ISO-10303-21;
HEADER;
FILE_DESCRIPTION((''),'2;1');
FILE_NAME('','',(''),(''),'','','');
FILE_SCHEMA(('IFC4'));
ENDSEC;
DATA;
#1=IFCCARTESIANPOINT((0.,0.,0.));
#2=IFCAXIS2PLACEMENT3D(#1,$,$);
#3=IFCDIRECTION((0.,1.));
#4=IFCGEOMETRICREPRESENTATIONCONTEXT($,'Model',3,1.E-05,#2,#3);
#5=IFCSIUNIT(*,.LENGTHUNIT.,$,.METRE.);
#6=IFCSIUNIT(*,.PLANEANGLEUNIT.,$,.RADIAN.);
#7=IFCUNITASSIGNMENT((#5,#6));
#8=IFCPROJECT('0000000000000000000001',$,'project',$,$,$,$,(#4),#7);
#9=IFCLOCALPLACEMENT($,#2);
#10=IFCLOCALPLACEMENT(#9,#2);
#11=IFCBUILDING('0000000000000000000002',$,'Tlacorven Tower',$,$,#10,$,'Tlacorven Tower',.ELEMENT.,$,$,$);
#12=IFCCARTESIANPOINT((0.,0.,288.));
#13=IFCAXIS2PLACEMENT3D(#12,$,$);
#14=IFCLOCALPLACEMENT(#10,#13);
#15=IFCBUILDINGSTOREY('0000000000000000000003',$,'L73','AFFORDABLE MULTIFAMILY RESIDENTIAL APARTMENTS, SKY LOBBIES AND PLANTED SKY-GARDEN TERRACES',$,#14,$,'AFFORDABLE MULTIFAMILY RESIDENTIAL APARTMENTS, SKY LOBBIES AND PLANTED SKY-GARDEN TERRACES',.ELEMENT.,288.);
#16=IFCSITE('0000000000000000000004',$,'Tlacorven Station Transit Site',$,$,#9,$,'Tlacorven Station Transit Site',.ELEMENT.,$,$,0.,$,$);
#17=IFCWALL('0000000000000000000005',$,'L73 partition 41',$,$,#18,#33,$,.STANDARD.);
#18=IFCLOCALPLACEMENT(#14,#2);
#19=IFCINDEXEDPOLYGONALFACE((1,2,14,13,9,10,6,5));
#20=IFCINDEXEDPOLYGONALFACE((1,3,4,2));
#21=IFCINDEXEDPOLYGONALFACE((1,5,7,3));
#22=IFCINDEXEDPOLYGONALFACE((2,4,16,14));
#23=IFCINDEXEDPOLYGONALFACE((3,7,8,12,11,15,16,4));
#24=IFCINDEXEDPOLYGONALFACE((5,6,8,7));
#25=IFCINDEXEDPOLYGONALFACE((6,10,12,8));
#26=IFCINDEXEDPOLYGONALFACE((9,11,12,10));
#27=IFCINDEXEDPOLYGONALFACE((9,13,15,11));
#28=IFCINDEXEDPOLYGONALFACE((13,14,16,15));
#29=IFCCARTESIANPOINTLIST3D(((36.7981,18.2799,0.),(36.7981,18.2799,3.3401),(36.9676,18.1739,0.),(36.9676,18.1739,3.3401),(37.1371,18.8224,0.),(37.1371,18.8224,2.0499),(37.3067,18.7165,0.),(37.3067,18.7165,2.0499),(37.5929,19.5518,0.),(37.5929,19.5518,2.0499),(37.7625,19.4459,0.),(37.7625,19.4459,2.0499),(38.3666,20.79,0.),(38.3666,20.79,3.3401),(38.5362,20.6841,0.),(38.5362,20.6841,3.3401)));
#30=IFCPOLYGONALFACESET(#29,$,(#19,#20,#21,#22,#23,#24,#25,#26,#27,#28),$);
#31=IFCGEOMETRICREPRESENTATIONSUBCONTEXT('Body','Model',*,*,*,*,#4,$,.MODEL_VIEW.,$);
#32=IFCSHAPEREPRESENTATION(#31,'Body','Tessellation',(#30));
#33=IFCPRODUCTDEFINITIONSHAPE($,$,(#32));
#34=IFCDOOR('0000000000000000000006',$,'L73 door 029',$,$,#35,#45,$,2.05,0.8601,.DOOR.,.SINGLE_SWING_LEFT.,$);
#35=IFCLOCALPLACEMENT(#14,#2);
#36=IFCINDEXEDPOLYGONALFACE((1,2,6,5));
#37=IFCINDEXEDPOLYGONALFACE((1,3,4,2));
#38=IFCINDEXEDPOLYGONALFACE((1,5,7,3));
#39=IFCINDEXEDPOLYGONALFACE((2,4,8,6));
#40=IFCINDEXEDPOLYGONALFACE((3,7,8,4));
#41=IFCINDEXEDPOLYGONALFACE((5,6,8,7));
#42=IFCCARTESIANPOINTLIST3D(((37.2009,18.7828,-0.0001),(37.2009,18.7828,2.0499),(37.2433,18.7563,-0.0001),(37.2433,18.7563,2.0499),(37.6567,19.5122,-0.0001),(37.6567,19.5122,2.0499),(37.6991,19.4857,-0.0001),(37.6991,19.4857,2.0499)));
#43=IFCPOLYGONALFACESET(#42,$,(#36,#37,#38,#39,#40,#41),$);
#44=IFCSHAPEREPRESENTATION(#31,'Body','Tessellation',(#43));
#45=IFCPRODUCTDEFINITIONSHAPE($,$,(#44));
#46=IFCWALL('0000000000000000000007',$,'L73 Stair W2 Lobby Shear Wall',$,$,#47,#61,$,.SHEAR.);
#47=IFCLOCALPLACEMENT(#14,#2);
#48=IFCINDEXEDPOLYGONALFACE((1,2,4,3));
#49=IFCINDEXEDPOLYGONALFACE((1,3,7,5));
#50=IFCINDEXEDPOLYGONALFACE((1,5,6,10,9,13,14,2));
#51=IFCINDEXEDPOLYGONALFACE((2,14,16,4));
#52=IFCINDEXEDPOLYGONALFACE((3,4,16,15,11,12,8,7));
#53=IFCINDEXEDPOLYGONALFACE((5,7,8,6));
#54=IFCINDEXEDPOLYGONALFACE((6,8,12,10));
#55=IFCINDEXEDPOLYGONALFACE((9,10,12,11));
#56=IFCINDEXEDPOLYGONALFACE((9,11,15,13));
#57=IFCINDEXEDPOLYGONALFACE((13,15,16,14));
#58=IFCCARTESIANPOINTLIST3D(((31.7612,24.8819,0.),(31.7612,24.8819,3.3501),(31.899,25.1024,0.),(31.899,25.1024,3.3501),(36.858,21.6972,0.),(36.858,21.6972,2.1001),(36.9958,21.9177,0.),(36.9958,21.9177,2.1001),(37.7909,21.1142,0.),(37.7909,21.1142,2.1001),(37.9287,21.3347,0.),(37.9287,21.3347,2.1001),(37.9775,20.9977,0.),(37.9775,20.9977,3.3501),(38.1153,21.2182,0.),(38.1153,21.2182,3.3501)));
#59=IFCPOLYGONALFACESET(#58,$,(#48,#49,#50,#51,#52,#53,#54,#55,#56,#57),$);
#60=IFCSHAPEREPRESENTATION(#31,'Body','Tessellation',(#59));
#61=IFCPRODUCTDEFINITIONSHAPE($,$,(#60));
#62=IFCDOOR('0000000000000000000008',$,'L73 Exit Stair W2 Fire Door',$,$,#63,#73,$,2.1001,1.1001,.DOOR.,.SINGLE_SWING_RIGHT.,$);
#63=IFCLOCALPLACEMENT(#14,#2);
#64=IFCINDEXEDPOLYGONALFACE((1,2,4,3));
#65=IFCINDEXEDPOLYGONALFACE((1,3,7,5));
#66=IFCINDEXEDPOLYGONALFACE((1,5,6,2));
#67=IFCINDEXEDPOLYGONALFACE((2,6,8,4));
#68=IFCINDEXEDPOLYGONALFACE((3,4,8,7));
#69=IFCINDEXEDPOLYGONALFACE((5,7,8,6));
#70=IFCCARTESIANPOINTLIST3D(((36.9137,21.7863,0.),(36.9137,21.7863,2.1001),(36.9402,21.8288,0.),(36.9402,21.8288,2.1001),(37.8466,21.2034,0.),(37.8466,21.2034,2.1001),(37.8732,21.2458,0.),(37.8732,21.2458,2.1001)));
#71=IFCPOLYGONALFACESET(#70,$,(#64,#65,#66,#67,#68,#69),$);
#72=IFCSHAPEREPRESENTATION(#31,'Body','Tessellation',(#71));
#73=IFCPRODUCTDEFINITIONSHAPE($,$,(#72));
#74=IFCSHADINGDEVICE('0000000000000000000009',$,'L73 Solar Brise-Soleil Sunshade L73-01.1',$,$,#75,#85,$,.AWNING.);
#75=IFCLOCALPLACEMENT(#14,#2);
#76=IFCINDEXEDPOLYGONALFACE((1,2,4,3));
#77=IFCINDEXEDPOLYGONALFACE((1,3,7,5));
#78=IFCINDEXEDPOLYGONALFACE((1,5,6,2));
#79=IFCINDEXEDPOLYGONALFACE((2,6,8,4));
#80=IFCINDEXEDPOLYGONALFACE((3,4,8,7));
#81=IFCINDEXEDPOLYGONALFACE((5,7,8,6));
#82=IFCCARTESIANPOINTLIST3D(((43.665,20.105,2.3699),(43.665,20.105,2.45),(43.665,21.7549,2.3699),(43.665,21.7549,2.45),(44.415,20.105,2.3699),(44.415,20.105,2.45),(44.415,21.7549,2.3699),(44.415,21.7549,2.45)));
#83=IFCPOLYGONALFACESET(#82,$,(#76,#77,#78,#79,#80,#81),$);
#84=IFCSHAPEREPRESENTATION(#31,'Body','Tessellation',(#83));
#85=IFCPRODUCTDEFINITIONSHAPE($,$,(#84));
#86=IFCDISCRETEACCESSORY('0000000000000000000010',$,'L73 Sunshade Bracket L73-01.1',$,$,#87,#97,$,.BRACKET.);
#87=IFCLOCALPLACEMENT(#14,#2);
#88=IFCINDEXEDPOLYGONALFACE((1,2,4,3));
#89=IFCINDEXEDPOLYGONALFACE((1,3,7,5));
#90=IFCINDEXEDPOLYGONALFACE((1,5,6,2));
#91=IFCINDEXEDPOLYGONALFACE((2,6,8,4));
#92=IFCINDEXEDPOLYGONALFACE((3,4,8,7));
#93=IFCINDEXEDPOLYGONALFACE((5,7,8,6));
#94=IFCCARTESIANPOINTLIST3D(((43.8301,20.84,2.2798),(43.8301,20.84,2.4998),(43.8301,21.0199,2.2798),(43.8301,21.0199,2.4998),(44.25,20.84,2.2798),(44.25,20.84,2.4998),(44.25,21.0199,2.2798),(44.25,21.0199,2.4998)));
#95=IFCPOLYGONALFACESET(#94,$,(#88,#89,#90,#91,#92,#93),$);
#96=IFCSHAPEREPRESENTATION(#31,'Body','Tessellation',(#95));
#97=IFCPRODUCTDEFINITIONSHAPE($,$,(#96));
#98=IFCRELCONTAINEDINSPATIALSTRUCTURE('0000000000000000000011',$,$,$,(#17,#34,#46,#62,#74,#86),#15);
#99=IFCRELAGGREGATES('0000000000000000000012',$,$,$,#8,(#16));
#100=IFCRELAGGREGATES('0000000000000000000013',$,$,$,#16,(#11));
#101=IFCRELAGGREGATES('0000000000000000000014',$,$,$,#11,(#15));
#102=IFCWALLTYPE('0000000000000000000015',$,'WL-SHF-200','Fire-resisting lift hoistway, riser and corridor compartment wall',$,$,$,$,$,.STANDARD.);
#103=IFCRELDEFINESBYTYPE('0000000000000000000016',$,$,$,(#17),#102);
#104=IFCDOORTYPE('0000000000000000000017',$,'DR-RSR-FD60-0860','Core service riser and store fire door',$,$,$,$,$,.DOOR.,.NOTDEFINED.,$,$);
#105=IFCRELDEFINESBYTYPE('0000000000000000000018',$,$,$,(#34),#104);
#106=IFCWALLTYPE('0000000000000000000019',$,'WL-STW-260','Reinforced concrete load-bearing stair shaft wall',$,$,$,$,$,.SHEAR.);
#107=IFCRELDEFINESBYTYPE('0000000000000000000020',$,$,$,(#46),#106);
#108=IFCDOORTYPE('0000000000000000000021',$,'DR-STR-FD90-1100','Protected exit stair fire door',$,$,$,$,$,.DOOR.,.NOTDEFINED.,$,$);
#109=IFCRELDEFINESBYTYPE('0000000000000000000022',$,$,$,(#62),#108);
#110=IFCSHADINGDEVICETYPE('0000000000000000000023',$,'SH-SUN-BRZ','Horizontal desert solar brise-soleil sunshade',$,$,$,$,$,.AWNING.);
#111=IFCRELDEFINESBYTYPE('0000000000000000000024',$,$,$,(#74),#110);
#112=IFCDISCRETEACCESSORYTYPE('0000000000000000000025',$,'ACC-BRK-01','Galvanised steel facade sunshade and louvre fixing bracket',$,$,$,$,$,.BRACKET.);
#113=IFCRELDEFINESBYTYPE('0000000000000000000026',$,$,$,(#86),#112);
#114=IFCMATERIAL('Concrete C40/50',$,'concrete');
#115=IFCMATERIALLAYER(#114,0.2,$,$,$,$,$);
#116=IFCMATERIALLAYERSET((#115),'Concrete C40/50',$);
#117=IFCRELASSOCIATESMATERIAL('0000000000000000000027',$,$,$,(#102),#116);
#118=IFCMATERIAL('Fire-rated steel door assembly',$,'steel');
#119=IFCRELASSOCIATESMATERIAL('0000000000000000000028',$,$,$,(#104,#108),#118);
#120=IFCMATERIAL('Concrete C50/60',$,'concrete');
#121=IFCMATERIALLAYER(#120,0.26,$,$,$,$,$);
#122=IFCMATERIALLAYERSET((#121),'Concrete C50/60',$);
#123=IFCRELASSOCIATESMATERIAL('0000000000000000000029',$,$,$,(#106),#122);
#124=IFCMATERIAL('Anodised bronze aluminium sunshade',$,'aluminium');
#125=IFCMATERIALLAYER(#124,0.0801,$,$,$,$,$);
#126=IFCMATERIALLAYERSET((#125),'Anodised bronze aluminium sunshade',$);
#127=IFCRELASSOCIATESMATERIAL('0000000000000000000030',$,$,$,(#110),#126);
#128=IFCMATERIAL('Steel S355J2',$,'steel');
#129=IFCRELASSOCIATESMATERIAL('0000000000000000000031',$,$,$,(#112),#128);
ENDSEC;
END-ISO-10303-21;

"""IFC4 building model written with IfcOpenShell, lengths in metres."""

from ifc_helpers import new_model, si_unit, direction, frame, frame_2d, origin, origin_2d, place, context, subcontext, project, spatial, rectangle, extrude, source, transform, mapped, material, layer, layer_set, type_object, element, fill, save


model = new_model("IFC4")

# Units and contexts
model_context = context("Model", 3, precision=1e-05, world=origin(), true_north=direction((0.0, 1.0)))
body_context = subcontext(model_context, "Body", "Model", "MODEL_VIEW")
ifc_project = project(units=[si_unit("LENGTHUNIT", "METRE"), si_unit("PLANEANGLEUNIT", "RADIAN")], contexts=[model_context])

# Site, building, storey
site_placement = place(None, origin())
site = spatial("IfcSite", under=ifc_project, at=site_placement, Name="Tlacorven Station Transit Site", LongName="Tlacorven Station Transit Site", CompositionType="ELEMENT", RefElevation=0.0)
building_placement = place(site_placement, origin())
building = spatial("IfcBuilding", under=site, at=building_placement, Name="Tlacorven Tower", LongName="Tlacorven Tower", CompositionType="ELEMENT")
storey_placement = place(building_placement, frame((0.0, 0.0, 288.0)))
storey = spatial("IfcBuildingStorey", under=building, at=storey_placement, Name="L73", Description="AFFORDABLE MULTIFAMILY RESIDENTIAL APARTMENTS, SKY LOBBIES AND PLANTED SKY-GARDEN TERRACES", LongName="AFFORDABLE MULTIFAMILY RESIDENTIAL APARTMENTS, SKY LOBBIES AND PLANTED SKY-GARDEN TERRACES", CompositionType="ELEMENT", Elevation=288.0)

# Shared definitions
ifc_material_1 = material(Name="Concrete C50/60", Category="concrete")

# Shared definitions
ifc_material_2 = material(Name="Fire-rated steel door assembly", Category="steel")

# Walls, openings, doors
ifc_material_3 = material(Name="Concrete C40/50", Category="concrete")
ifc_layer_1 = layer(ifc_material_3, 0.2)
ifc_layer_set_1 = layer_set([ifc_layer_1], Name="Concrete C40/50")
wall_type_1 = type_object("IfcWallType", Name="WL-SHF-200", Description="Fire-resisting lift hoistway, riser and corridor compartment wall", PredefinedType="STANDARD", material=ifc_layer_set_1)
wall_1_placement = place(storey_placement, frame((38.4514, 20.7371, 0.0), z_axis=(0.0, 0.0, 1.0), x_axis=(-0.529925, -0.848045, 0.0)))
wall_1 = element("IfcWall", 1, at=wall_1_placement, inside=storey, type_object=wall_type_1, Name="L73 partition 41", PredefinedType="STANDARD", context=body_context, shape_type="SweptSolid", body=[
    extrude(rectangle(XDim=2.96, YDim=0.2, at=frame_2d((1.48, 0.0))), origin(), (0.0, 0.0, 1.0), 3.3401),
])
opening_1_placement = place(wall_1_placement, frame((1.46, 0.0, 0.0)))
opening_1 = element("IfcOpeningElement", 2, at=opening_1_placement, cuts=wall_1, PredefinedType="OPENING", context=body_context, shape_type="SweptSolid", body=[
    extrude(rectangle(XDim=0.8601, YDim=2.05, at=frame_2d((0.4302, 1.0249))), frame((0.0, 0.1099, 0.0), z_axis=(0.0, -1.0, 0.0), x_axis=(1.0, 0.0, 0.0)), (0.0, 0.0, 1.0), 0.22),
])
door_type_1 = type_object("IfcDoorType", Name="DR-RSR-FD60-0860", Description="Core service riser and store fire door", OperationType="NOTDEFINED", PredefinedType="DOOR", material=ifc_material_2)
shared_shape_1 = source(origin(), body_context, "Body", "SweptSolid", [
    extrude(rectangle(XDim=0.8601, YDim=2.05, at=frame_2d((0.4302, 1.0249))), frame((0.0, 0.0249, 0.0), z_axis=(0.0, -1.0, 0.0), x_axis=(1.0, 0.0, 0.0)), (0.0, 0.0, 1.0), 0.05),
])
door_1_placement = place(opening_1_placement, frame((0.8601, 0.0, 0.0), z_axis=(0.0, 0.0, 1.0), x_axis=(-1.0, 0.0, 0.0)))
door_1 = element("IfcDoor", 3, at=door_1_placement, inside=storey, type_object=door_type_1, Name="L73 door 029", OperationType="SINGLE_SWING_LEFT", OverallHeight=2.05, OverallWidth=0.8601, PredefinedType="DOOR", context=body_context, shape_type="MappedRepresentation", body=[
    mapped(shared_shape_1, transform((0.0, 0.0, 0.0), scale=1.0)),
])
fill(opening_1, door_1)
ifc_layer_2 = layer(ifc_material_1, 0.26)
ifc_layer_set_2 = layer_set([ifc_layer_2], Name="Concrete C50/60")
wall_type_2 = type_object("IfcWallType", Name="WL-STW-260", Description="Reinforced concrete load-bearing stair shaft wall", PredefinedType="SHEAR", material=ifc_layer_set_2)
wall_2_placement = place(storey_placement, frame((38.0464, 21.1079, 0.0), z_axis=(0.0, 0.0, 1.0), x_axis=(-0.848054, 0.529909, 0.0)))
wall_2 = element("IfcWall", 4, at=wall_2_placement, inside=storey, type_object=wall_type_2, Name="L73 Stair W2 Lobby Shear Wall", PredefinedType="SHEAR", context=body_context, shape_type="SweptSolid", body=[
    extrude(rectangle(XDim=7.3301, YDim=0.26, at=frame_2d((3.665, 0.0))), origin(), (0.0, 0.0, 1.0), 3.3501),
])
opening_2_placement = place(wall_2_placement, frame((0.22, 0.0, 0.0)))
opening_2 = element("IfcOpeningElement", 5, at=opening_2_placement, cuts=wall_2, PredefinedType="OPENING", context=body_context, shape_type="SweptSolid", body=[
    extrude(rectangle(XDim=1.1001, YDim=2.1001, at=frame_2d((0.55, 1.05))), frame((0.0, 0.1401, 0.0), z_axis=(0.0, -1.0, 0.0), x_axis=(1.0, 0.0, 0.0)), (0.0, 0.0, 1.0), 0.28),
])
door_type_2 = type_object("IfcDoorType", Name="DR-STR-FD90-1100", Description="Protected exit stair fire door", OperationType="NOTDEFINED", PredefinedType="DOOR", material=ifc_material_2)
shared_shape_2 = source(origin(), body_context, "Body", "SweptSolid", [
    extrude(rectangle(XDim=1.1001, YDim=2.1001, at=frame_2d((0.55, 1.05))), frame((0.0, 0.0249, 0.0), z_axis=(0.0, -1.0, 0.0), x_axis=(1.0, 0.0, 0.0)), (0.0, 0.0, 1.0), 0.05),
])
door_2_placement = place(opening_2_placement, origin())
door_2 = element("IfcDoor", 6, at=door_2_placement, inside=storey, type_object=door_type_2, Name="L73 Exit Stair W2 Fire Door", OperationType="SINGLE_SWING_RIGHT", OverallHeight=2.1001, OverallWidth=1.1001, PredefinedType="DOOR", context=body_context, shape_type="MappedRepresentation", body=[
    mapped(shared_shape_2, transform((0.0, 0.0, 0.0), scale=1.0)),
])
fill(opening_2, door_2)

# Shading device
ifc_material_4 = material(Name="Anodised bronze aluminium sunshade", Category="aluminium")
ifc_layer_3 = layer(ifc_material_4, 0.0801)
ifc_layer_set_3 = layer_set([ifc_layer_3], Name="Anodised bronze aluminium sunshade")
shading_device_type = type_object("IfcShadingDeviceType", Name="SH-SUN-BRZ", Description="Horizontal desert solar brise-soleil sunshade", PredefinedType="AWNING", material=ifc_layer_set_3)
shared_shape_3 = source(origin(), body_context, "Body", "SweptSolid", [
    extrude(rectangle(XDim=1.6499, YDim=0.75, at=origin_2d()), origin(), (0.0, 0.0, 1.0), 0.0801),
])
shading_device_placement = place(storey_placement, frame((44.04, 20.9299, 2.3699), z_axis=(0.0, 0.0, 1.0), x_axis=(0.0, -1.0, 0.0)))
element("IfcShadingDevice", 7, at=shading_device_placement, inside=storey, type_object=shading_device_type, Name="L73 Solar Brise-Soleil Sunshade L73-01.1", PredefinedType="AWNING", context=body_context, shape_type="MappedRepresentation", body=[
    mapped(shared_shape_3, transform((0.0, 0.0, 0.0), scale=1.0)),
])

# Discrete accessory
ifc_material_5 = material(Name="Steel S355J2", Category="steel")
discrete_accessory_type = type_object("IfcDiscreteAccessoryType", Name="ACC-BRK-01", Description="Galvanised steel facade sunshade and louvre fixing bracket", PredefinedType="BRACKET", material=ifc_material_5)
shared_shape_4 = source(origin(), body_context, "Body", "SweptSolid", [
    extrude(rectangle(XDim=0.1799, YDim=0.4199, at=origin_2d()), origin(), (0.0, 0.0, 1.0), 0.22),
])
discrete_accessory_placement = place(storey_placement, frame((44.04, 20.9299, 2.2798), z_axis=(0.0, 0.0, 1.0), x_axis=(0.0, -1.0, 0.0)))
element("IfcDiscreteAccessory", 8, at=discrete_accessory_placement, inside=storey, type_object=discrete_accessory_type, Name="L73 Sunshade Bracket L73-01.1", PredefinedType="BRACKET", context=body_context, shape_type="MappedRepresentation", body=[
    mapped(shared_shape_4, transform((0.0, 0.0, 0.0), scale=1.0)),
])

save(model, "model.ifc")
